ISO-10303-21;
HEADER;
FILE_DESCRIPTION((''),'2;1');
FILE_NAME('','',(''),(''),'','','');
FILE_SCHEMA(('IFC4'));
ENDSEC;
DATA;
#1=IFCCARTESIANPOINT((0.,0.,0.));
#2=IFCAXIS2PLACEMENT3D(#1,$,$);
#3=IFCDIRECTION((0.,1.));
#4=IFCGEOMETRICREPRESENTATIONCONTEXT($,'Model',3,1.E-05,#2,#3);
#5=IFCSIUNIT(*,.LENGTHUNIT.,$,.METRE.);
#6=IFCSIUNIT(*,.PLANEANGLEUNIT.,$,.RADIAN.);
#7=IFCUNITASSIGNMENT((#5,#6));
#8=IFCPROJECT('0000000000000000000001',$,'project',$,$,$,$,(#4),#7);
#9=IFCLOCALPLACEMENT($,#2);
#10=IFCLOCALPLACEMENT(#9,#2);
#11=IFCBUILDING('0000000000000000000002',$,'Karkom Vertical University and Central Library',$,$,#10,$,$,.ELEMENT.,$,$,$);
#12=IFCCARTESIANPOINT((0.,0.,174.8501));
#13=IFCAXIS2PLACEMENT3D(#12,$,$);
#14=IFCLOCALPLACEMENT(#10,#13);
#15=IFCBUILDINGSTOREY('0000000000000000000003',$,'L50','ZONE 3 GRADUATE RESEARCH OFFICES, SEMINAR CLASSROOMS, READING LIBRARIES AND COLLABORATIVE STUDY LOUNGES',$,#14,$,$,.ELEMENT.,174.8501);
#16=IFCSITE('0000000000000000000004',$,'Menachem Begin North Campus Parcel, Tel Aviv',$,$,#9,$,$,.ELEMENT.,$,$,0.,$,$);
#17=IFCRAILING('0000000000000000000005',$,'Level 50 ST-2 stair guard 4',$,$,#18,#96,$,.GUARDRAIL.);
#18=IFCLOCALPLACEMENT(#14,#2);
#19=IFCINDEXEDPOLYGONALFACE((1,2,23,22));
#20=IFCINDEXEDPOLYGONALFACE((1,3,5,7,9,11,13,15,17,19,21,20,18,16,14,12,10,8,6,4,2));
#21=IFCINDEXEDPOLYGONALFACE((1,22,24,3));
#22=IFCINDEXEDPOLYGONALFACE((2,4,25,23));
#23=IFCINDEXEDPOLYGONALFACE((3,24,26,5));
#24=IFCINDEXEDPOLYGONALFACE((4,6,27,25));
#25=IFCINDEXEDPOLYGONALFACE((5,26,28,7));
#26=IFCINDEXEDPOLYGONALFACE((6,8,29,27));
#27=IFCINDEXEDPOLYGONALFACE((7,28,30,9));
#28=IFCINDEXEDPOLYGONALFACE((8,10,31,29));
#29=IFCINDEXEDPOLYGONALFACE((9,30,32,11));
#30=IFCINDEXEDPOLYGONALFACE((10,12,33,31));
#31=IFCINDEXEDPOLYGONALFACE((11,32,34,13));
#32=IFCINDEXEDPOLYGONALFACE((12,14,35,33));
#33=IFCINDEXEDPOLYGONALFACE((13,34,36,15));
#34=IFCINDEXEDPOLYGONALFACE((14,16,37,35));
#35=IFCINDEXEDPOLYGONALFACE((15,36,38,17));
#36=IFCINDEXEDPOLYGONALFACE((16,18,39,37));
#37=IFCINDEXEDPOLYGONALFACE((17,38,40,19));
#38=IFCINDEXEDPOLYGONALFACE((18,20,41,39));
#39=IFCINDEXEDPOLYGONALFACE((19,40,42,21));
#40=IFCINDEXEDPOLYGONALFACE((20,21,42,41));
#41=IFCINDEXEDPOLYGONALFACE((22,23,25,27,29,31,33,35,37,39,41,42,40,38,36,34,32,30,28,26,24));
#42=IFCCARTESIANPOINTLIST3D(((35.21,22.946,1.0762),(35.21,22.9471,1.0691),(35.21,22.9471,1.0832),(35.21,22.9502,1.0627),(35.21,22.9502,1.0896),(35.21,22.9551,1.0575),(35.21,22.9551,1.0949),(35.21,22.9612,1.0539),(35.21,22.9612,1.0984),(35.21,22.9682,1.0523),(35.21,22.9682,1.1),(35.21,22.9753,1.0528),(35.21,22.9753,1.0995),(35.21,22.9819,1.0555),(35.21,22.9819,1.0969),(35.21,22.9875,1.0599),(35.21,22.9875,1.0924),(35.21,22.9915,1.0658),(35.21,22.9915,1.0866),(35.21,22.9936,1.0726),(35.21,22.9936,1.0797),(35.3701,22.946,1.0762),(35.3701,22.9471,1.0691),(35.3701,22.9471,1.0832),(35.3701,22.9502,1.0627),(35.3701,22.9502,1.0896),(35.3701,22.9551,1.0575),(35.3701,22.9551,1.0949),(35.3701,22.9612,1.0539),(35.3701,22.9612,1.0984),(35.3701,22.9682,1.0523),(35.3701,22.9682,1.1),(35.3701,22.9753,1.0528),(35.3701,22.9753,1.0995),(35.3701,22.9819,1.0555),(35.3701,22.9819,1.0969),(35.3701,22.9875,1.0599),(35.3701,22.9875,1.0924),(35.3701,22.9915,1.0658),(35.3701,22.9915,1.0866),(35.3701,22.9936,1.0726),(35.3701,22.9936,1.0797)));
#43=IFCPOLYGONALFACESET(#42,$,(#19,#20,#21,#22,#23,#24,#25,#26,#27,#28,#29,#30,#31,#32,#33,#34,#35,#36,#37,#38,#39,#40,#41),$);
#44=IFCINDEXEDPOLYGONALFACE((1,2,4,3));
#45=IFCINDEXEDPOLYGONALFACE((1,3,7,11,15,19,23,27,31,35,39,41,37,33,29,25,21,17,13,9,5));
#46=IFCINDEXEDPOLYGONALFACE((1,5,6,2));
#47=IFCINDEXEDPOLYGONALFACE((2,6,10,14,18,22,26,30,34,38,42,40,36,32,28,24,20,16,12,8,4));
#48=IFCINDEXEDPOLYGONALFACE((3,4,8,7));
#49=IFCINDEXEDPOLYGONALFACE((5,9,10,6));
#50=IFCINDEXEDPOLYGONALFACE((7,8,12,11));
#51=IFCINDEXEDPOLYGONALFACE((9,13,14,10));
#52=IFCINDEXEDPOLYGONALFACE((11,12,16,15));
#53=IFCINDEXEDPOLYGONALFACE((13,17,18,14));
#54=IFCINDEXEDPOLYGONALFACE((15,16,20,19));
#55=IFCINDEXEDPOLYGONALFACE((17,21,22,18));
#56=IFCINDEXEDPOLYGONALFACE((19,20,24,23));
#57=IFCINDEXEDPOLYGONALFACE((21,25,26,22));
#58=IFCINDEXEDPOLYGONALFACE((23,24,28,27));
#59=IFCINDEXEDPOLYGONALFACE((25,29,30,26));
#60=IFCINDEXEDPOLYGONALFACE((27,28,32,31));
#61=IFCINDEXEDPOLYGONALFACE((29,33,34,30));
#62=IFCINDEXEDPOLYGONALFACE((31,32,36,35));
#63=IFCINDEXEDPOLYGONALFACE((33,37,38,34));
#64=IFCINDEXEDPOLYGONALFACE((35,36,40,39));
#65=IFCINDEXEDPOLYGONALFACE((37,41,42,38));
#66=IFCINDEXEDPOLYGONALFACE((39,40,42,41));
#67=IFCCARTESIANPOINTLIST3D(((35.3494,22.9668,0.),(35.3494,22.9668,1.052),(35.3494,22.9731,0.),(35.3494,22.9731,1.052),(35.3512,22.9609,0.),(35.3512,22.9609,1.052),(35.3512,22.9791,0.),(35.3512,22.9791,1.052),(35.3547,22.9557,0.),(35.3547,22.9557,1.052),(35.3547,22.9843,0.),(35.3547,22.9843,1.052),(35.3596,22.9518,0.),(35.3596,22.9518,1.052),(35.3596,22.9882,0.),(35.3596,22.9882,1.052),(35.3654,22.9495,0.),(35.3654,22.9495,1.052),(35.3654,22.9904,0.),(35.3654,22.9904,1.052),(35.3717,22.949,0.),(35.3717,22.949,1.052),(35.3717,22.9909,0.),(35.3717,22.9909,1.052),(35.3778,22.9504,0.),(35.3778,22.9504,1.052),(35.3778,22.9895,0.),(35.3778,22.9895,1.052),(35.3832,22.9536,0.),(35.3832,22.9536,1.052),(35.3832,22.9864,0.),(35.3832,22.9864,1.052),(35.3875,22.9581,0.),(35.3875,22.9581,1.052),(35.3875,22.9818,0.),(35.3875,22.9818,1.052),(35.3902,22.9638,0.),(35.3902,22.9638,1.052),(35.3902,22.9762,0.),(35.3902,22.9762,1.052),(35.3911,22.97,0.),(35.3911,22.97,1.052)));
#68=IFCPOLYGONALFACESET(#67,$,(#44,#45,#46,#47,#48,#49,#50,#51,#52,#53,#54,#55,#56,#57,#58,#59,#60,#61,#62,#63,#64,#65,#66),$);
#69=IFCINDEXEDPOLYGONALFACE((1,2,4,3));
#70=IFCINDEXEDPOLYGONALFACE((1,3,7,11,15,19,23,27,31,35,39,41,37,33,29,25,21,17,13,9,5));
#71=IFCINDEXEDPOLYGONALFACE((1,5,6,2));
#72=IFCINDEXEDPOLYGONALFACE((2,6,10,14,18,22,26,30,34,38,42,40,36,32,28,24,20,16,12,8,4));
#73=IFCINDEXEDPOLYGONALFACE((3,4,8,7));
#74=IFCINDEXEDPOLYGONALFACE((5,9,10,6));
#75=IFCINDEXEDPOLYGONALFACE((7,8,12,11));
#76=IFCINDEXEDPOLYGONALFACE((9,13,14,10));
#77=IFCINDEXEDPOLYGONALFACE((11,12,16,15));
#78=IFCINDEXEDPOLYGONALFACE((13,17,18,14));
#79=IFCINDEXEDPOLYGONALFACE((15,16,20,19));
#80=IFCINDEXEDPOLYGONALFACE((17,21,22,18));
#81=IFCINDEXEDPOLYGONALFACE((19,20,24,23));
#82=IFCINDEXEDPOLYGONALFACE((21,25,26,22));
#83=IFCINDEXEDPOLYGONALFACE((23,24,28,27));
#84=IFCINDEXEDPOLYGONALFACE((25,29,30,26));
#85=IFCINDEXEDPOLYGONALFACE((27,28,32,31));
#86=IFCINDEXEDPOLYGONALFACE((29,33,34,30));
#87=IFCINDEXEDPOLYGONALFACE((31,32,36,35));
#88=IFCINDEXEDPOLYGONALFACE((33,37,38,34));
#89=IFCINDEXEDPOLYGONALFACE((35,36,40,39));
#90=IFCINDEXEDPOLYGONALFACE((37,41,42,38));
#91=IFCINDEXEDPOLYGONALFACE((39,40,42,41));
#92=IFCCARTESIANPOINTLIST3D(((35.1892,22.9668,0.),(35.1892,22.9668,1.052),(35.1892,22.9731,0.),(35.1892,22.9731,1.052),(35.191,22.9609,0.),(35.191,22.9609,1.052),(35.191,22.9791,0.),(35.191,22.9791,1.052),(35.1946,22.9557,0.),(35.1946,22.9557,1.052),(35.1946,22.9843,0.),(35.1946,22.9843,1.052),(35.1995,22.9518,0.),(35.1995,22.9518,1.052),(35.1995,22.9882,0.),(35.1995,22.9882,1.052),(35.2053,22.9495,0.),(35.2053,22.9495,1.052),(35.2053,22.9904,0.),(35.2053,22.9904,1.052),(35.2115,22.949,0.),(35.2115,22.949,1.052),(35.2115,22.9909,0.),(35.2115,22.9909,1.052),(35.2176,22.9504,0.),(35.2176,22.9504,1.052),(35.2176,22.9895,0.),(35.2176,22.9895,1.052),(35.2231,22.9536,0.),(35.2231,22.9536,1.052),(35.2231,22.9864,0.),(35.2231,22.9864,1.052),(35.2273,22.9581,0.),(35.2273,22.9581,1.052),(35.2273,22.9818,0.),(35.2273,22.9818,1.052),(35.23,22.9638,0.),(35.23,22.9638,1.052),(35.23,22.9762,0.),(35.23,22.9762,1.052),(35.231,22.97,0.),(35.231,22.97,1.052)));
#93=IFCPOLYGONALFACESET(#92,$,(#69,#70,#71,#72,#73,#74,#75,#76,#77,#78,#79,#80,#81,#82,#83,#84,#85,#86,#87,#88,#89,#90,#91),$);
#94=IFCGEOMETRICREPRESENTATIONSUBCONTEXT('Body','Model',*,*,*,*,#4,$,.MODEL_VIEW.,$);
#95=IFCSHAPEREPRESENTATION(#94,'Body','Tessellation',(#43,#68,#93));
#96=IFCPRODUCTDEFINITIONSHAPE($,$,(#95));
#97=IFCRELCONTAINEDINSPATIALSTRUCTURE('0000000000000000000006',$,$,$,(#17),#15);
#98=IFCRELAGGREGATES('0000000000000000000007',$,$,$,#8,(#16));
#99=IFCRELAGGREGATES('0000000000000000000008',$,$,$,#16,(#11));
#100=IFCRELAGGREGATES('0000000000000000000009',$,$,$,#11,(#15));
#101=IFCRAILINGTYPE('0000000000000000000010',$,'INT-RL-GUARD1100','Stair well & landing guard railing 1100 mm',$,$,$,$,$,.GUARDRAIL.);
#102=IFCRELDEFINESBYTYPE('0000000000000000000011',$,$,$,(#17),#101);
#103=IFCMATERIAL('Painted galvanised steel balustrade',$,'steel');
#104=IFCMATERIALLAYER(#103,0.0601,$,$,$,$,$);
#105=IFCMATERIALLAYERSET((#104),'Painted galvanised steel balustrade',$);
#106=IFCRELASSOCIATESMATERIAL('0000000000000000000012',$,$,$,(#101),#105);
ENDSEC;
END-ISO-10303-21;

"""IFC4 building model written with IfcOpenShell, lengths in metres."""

from ifc_helpers import new_model, si_unit, direction, frame, origin, origin_2d, place, context, subcontext, project, spatial, circle, extrude, material, layer, layer_set, type_object, element, save


model = new_model("IFC4")

# Units and contexts
model_context = context("Model", 3, precision=1e-05, world=origin(), true_north=direction((0.0, 1.0)))
body_context = subcontext(model_context, "Body", "Model", "MODEL_VIEW")
ifc_project = project(units=[si_unit("LENGTHUNIT", "METRE"), si_unit("PLANEANGLEUNIT", "RADIAN")], contexts=[model_context])

# Site, building, storey
site_placement = place(None, origin())
site = spatial("IfcSite", under=ifc_project, at=site_placement, Name="Menachem Begin North Campus Parcel, Tel Aviv", CompositionType="ELEMENT", RefElevation=0.0)
building_placement = place(site_placement, origin())
building = spatial("IfcBuilding", under=site, at=building_placement, Name="Karkom Vertical University and Central Library", CompositionType="ELEMENT")
storey_placement = place(building_placement, frame((0.0, 0.0, 174.8501)))
storey = spatial("IfcBuildingStorey", under=building, at=storey_placement, Name="L50", Description="ZONE 3 GRADUATE RESEARCH OFFICES, SEMINAR CLASSROOMS, READING LIBRARIES AND COLLABORATIVE STUDY LOUNGES", CompositionType="ELEMENT", Elevation=174.8501)

# Railing
ifc_material_1 = material(Name="Painted galvanised steel balustrade", Category="steel")
ifc_layer_1 = layer(ifc_material_1, 0.0601)
ifc_layer_set_1 = layer_set([ifc_layer_1], Name="Painted galvanised steel balustrade")
railing_type_1 = type_object("IfcRailingType", Name="INT-RL-GUARD1100", Description="Stair well & landing guard railing 1100 mm", PredefinedType="GUARDRAIL", material=ifc_layer_set_1)
railing_1_placement = place(storey_placement, frame((35.3701, 22.97, 0.0)))
element("IfcRailing", 1, at=railing_1_placement, inside=storey, type_object=railing_type_1, Name="Level 50 ST-2 stair guard 4", PredefinedType="GUARDRAIL", context=body_context, shape_type="SweptSolid", body=[
    extrude(circle(Radius=0.0239, at=origin_2d()), frame((0.0, 0.0, 1.0762), z_axis=(-1.0, 0.0, 0.0), x_axis=(0.0, -1.0, 0.0)), (0.0, 0.0, 1.0), 0.1602),
    extrude(circle(Radius=0.021, at=origin_2d()), origin(), (0.0, 0.0, 1.0), 1.052),
    extrude(circle(Radius=0.021, at=origin_2d()), frame((-0.1602, 0.0, 0.0)), (0.0, 0.0, 1.0), 1.052),
])

save(model, "model.ifc")
